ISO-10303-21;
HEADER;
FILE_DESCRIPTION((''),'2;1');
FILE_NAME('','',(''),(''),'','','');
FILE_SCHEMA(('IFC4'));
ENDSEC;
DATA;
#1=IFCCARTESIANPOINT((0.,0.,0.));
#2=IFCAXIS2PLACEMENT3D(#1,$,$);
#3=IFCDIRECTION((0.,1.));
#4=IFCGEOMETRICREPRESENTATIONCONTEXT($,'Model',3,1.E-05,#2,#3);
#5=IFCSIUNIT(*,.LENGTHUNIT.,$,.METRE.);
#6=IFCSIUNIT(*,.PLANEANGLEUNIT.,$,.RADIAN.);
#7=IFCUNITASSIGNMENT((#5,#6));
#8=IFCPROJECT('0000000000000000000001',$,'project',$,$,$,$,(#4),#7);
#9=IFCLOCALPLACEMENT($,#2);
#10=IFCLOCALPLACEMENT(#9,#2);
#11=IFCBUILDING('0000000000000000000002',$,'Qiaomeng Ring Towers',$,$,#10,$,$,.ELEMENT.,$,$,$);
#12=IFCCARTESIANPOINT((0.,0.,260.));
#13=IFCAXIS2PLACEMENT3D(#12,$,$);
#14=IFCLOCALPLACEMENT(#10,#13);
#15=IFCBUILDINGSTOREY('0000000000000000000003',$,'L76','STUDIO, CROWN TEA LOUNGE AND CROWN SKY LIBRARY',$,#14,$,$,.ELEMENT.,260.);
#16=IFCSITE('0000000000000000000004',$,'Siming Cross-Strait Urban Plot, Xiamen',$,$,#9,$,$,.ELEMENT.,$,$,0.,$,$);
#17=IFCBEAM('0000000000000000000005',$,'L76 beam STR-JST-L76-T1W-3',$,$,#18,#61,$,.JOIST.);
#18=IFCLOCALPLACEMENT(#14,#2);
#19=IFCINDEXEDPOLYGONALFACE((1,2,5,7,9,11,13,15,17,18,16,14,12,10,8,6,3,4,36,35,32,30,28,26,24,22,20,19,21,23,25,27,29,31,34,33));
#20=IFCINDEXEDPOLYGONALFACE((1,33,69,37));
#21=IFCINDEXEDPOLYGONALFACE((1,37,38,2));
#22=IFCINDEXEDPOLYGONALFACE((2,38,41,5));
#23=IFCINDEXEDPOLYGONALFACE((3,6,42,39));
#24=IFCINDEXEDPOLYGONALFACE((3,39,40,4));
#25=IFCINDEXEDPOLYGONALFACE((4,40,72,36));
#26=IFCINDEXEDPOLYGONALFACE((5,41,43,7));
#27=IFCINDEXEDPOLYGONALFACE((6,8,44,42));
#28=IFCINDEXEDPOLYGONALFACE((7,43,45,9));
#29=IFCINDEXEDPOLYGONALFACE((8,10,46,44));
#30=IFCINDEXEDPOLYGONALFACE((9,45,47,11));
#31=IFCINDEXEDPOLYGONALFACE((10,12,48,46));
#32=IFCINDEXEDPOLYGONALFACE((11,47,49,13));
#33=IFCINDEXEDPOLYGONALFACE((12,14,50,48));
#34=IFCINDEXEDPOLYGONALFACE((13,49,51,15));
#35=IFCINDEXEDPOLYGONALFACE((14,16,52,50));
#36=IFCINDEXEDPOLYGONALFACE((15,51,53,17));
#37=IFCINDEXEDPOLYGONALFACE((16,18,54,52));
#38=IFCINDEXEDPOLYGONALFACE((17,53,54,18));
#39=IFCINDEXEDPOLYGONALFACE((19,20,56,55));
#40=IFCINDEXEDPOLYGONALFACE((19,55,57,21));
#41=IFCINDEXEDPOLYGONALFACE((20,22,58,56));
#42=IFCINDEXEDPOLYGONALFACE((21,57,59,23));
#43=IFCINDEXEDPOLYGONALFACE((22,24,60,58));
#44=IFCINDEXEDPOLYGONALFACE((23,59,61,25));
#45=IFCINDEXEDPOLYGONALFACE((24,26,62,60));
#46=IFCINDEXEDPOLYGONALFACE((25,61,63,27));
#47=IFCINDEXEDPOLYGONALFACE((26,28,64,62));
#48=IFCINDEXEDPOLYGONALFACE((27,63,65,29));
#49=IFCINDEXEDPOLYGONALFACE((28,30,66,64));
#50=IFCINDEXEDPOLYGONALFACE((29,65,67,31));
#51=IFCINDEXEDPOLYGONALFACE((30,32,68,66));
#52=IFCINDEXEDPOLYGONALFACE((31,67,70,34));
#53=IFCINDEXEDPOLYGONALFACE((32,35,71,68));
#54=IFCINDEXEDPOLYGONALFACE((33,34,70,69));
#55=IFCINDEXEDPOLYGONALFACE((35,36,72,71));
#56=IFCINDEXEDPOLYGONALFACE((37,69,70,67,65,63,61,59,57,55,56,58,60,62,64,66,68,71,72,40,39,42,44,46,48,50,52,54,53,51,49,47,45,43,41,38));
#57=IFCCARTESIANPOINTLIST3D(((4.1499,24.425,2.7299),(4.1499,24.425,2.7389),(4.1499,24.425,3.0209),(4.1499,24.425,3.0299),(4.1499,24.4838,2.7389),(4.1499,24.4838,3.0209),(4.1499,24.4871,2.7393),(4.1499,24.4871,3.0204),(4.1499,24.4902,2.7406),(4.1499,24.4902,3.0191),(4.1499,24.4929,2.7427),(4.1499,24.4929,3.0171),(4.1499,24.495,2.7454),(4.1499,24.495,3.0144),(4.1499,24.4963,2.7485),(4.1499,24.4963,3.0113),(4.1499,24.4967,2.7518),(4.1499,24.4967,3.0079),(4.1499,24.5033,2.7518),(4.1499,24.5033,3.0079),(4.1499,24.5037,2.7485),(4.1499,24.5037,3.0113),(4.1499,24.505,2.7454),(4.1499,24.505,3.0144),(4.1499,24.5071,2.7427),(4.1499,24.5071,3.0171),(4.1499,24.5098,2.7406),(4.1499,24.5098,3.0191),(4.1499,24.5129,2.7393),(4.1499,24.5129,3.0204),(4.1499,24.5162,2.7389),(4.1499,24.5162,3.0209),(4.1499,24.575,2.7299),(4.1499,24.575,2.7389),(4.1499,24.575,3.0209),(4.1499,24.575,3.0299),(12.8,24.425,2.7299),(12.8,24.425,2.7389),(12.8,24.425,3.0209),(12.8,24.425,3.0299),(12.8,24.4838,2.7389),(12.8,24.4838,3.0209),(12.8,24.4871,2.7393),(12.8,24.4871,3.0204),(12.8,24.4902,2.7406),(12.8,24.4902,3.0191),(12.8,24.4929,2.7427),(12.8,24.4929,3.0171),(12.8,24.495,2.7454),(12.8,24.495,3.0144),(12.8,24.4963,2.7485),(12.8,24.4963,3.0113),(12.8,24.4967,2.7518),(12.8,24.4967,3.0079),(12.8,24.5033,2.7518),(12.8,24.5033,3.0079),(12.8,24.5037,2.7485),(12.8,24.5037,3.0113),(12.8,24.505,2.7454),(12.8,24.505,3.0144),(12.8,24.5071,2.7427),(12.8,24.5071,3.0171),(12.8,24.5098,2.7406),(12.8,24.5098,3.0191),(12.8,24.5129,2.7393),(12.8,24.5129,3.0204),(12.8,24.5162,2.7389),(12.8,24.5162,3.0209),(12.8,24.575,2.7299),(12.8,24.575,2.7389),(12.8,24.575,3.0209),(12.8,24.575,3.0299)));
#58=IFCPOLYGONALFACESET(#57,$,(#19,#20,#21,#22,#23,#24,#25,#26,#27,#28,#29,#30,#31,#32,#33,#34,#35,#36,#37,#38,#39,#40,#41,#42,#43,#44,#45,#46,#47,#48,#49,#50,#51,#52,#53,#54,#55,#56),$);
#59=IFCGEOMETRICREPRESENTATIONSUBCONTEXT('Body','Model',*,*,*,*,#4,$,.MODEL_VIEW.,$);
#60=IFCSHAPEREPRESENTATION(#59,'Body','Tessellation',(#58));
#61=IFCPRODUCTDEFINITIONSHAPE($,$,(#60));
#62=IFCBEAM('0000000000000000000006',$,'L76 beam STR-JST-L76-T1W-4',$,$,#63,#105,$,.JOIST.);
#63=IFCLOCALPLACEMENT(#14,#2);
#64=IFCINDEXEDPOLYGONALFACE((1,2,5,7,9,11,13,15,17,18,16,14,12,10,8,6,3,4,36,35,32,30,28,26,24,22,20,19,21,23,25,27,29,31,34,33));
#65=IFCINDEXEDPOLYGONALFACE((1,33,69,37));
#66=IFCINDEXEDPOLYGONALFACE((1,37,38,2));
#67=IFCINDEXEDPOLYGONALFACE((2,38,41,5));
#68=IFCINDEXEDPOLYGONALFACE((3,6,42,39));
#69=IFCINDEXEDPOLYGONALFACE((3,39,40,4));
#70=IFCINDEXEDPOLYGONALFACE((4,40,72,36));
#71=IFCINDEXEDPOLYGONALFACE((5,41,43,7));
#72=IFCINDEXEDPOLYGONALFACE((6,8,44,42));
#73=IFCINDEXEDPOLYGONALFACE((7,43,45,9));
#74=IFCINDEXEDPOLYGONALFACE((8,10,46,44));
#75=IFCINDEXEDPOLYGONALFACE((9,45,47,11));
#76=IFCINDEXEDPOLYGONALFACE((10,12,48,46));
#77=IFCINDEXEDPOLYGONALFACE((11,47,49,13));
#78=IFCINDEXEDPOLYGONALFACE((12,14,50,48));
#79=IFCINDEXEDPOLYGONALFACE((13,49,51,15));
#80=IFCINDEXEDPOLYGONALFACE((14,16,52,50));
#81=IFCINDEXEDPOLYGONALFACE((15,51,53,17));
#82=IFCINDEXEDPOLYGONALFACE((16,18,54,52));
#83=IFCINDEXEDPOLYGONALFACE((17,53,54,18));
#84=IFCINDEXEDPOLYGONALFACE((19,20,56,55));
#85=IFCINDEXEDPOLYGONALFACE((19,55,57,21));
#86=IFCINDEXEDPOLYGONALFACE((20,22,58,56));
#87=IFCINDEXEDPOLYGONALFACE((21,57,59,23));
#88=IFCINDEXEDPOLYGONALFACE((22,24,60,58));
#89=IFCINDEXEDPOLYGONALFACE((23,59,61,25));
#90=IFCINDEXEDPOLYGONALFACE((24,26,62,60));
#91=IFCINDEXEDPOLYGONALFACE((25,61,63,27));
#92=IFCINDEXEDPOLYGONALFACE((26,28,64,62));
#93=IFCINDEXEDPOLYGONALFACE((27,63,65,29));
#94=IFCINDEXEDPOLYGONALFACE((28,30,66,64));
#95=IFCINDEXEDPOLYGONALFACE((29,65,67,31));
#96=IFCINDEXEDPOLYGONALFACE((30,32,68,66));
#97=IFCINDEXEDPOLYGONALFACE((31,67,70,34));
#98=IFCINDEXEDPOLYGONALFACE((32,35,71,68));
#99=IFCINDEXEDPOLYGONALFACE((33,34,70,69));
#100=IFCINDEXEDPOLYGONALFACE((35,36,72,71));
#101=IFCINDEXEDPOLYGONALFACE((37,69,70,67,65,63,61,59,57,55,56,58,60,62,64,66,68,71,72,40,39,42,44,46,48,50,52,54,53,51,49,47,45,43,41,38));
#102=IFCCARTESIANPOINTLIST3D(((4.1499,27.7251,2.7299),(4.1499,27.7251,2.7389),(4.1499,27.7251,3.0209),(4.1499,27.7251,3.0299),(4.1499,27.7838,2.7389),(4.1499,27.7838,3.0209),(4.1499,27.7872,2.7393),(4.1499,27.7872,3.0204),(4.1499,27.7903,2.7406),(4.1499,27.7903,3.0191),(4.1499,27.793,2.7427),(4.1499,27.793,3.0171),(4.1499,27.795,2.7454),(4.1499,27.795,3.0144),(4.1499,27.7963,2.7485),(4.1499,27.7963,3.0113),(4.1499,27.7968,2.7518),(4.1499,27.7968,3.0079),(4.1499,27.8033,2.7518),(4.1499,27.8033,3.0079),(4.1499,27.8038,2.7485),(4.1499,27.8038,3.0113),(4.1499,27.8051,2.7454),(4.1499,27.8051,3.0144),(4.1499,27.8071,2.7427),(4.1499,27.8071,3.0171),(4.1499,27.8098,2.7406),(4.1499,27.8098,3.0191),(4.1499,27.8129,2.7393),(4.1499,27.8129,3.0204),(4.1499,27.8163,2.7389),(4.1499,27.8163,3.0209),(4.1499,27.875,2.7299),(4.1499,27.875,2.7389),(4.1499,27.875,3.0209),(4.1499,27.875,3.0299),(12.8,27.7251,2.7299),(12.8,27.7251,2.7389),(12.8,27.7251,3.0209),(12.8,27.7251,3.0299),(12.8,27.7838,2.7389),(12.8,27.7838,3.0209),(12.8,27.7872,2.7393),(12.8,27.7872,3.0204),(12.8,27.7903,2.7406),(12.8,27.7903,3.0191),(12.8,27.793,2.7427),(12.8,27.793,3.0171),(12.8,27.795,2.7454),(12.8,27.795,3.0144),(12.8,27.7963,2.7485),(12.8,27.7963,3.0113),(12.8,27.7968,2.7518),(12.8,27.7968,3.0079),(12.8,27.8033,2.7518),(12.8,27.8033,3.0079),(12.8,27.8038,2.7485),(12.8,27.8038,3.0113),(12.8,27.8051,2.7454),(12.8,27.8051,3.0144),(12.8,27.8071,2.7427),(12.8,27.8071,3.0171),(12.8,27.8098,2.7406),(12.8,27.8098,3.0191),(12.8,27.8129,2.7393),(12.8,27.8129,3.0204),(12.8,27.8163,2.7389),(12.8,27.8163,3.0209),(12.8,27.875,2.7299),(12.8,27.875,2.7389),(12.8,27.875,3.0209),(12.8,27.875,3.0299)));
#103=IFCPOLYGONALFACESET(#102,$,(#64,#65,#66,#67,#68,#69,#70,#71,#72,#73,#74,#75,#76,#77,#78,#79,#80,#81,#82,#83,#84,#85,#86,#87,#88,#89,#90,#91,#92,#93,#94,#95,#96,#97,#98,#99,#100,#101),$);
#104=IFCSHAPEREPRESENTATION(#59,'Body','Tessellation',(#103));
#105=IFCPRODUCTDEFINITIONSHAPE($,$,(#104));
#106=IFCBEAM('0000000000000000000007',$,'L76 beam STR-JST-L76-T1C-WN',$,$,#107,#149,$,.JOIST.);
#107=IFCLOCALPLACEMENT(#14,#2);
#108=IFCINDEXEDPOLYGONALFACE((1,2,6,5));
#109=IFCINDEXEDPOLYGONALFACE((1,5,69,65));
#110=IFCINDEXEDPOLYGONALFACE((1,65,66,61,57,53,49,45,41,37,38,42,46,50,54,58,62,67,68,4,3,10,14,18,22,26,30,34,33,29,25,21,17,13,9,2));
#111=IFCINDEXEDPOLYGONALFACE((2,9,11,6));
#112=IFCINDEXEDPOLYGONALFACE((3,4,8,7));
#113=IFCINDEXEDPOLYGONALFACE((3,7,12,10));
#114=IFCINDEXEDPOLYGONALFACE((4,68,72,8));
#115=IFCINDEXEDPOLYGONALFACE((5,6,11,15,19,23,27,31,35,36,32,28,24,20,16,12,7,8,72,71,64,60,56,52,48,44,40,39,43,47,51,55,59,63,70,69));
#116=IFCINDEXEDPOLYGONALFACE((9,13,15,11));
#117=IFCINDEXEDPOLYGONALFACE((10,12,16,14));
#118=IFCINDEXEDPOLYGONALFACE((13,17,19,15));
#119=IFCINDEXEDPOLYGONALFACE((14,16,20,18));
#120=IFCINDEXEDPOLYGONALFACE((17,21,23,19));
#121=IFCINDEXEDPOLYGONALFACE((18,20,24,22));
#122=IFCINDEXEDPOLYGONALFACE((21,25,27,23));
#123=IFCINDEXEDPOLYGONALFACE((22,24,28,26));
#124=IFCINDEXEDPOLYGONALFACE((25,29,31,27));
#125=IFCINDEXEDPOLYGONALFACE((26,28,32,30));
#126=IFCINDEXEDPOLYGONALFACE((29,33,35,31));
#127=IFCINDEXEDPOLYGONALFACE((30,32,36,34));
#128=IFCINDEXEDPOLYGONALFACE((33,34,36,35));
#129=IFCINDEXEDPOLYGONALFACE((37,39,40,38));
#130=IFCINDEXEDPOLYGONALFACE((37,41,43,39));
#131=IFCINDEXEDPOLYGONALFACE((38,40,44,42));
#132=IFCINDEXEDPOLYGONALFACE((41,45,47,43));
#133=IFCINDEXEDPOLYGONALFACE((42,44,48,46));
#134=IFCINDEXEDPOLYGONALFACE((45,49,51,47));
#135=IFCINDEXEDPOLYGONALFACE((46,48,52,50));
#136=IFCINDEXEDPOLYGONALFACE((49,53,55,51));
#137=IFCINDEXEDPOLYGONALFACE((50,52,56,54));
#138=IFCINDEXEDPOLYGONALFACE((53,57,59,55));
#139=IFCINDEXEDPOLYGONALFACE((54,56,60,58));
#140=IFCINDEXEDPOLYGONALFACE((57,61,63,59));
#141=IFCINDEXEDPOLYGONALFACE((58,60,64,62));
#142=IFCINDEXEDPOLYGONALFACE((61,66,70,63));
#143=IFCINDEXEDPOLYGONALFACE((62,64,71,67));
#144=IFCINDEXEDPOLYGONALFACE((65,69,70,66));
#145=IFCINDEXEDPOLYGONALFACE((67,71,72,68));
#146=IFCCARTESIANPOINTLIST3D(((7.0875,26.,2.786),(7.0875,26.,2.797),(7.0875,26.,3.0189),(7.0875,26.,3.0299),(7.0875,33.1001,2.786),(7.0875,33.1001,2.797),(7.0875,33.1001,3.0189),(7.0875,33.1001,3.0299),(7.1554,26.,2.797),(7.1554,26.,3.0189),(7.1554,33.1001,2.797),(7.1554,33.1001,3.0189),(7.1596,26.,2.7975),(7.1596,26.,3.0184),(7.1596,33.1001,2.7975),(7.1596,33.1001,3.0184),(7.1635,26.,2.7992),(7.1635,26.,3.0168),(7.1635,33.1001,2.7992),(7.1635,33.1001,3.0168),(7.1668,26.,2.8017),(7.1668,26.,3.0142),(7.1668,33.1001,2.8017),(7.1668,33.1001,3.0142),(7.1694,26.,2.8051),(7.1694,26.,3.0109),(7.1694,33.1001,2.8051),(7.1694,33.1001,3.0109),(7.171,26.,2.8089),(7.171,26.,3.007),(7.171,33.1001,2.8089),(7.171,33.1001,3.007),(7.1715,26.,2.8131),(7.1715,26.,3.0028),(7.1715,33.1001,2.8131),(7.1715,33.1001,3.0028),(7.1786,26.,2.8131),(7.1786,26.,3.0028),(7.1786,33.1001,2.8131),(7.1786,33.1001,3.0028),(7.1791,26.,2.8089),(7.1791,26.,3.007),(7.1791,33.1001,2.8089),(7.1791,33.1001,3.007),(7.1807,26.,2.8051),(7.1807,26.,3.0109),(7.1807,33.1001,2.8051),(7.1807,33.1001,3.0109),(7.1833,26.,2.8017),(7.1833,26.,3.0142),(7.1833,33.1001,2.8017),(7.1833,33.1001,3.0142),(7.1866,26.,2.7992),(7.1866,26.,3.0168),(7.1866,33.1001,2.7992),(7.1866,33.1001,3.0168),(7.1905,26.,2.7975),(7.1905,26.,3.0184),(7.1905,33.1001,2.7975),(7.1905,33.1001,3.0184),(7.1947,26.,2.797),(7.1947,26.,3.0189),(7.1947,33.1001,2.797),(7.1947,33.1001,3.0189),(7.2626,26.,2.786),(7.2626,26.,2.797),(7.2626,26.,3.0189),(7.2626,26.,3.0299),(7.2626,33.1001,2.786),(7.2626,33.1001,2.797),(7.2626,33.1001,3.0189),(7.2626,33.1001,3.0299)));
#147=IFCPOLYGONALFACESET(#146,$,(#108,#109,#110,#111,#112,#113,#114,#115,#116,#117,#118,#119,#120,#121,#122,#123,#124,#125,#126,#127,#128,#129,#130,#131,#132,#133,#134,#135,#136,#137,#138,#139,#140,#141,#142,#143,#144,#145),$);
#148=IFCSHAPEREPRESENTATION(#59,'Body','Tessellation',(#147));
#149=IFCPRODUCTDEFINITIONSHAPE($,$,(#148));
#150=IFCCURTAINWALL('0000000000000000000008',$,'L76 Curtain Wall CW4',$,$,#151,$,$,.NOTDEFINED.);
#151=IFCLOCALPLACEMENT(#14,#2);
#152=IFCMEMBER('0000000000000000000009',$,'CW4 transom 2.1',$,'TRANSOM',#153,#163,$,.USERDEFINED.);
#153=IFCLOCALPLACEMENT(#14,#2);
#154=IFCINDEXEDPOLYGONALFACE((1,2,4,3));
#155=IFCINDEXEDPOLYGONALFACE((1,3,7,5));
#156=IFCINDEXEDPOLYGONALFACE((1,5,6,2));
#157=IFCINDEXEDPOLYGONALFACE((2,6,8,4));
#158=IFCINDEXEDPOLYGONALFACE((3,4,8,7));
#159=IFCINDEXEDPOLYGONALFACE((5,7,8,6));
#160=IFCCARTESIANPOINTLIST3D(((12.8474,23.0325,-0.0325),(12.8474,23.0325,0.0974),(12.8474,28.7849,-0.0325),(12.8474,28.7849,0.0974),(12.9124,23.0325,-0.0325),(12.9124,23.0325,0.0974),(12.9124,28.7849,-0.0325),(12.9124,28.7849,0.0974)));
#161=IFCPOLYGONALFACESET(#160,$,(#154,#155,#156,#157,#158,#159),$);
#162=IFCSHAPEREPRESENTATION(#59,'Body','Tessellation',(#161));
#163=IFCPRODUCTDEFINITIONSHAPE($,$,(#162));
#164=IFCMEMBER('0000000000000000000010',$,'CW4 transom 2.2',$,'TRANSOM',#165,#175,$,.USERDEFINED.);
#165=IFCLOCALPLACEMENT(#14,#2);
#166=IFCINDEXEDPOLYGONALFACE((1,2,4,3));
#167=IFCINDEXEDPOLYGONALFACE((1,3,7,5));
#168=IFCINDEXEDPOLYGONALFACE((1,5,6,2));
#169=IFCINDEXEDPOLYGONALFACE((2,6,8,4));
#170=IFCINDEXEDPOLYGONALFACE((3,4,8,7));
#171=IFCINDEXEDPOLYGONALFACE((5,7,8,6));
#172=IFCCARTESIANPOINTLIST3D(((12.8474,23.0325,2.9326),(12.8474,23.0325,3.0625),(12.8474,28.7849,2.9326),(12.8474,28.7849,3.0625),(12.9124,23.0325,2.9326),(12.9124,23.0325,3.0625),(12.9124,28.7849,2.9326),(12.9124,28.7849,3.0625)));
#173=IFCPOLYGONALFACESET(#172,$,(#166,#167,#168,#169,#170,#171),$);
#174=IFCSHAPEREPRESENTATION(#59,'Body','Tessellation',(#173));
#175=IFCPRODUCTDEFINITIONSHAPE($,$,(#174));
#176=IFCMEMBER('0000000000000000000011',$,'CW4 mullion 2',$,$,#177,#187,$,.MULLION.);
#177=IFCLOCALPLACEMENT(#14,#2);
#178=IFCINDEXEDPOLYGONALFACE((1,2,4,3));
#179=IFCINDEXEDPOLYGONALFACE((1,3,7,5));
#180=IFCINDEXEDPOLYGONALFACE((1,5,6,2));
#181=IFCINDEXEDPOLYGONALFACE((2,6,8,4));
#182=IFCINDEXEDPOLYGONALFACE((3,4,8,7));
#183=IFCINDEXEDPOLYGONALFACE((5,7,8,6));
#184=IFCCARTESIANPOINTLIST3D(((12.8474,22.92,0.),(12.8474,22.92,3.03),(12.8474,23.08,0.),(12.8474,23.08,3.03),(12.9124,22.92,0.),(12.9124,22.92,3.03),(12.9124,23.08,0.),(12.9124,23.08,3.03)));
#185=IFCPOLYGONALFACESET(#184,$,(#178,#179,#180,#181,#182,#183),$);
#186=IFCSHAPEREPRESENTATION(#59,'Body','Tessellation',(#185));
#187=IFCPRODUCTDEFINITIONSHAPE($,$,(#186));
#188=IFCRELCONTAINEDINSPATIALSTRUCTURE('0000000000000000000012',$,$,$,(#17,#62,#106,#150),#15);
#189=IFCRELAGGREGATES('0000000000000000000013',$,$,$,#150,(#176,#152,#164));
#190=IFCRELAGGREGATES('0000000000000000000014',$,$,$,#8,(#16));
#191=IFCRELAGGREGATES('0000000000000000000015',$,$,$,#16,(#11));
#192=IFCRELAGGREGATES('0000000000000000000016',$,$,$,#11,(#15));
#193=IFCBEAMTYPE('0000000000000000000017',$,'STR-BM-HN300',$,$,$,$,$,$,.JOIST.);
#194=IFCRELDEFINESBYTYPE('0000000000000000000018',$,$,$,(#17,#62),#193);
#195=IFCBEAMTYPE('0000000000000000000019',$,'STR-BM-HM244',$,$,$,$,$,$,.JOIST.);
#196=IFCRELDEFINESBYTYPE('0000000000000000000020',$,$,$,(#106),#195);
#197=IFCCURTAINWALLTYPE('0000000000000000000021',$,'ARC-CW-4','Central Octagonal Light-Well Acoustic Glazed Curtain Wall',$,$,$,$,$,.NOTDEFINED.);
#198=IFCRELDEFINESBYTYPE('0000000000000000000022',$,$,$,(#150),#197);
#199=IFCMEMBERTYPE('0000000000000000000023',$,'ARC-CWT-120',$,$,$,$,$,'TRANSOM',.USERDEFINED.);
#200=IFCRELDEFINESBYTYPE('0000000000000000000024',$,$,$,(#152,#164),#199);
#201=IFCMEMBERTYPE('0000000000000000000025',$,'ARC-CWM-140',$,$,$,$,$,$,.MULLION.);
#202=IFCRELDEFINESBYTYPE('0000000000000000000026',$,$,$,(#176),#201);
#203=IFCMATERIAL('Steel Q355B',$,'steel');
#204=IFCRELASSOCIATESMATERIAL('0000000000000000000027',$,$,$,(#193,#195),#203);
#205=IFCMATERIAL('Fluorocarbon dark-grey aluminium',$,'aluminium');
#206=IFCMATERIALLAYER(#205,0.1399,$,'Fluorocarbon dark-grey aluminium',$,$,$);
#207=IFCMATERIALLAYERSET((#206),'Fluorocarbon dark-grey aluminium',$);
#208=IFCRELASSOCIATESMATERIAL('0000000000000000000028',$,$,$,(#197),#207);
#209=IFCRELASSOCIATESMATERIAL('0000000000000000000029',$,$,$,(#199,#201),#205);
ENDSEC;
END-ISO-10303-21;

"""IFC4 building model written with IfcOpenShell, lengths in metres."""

from ifc_helpers import new_model, si_unit, direction, frame, origin, origin_2d, place, context, subcontext, project, spatial, rectangle, i_section, extrude, source, transform, mapped, material, layer, layer_set, material_profile, profile_set, type_object, element, aggregate, save


model = new_model("IFC4")

# Units and contexts
model_context = context("Model", 3, precision=1e-05, world=origin(), true_north=direction((0.0, 1.0)))
body_context = subcontext(model_context, "Body", "Model", "MODEL_VIEW")
ifc_project = project(units=[si_unit("LENGTHUNIT", "METRE"), si_unit("PLANEANGLEUNIT", "RADIAN")], contexts=[model_context])

# Site, building, storey
site_placement = place(None, origin())
site = spatial("IfcSite", under=ifc_project, at=site_placement, Name="Siming Cross-Strait Urban Plot, Xiamen", CompositionType="ELEMENT", RefElevation=0.0)
building_placement = place(site_placement, origin())
building = spatial("IfcBuilding", under=site, at=building_placement, Name="Qiaomeng Ring Towers", CompositionType="ELEMENT")
storey_placement = place(building_placement, frame((0.0, 0.0, 260.0)))
storey = spatial("IfcBuildingStorey", under=building, at=storey_placement, Name="L76", Description="STUDIO, CROWN TEA LOUNGE AND CROWN SKY LIBRARY", CompositionType="ELEMENT", Elevation=260.0)

# Beams
ifc_material_1 = material(Name="Steel Q355B", Category="steel")
ifc_material_profile_1 = material_profile(ifc_material_1, i_section(OverallWidth=0.1499, OverallDepth=0.3, WebThickness=0.0066, FlangeThickness=0.009, FilletRadius=0.0129, at=origin_2d()), Name="HN 300x150x6.5x9")
ifc_profile_set_1 = profile_set([ifc_material_profile_1], Name="Steel Q355B")
beam_type_1 = type_object("IfcBeamType", Name="STR-BM-HN300", PredefinedType="JOIST", material=ifc_profile_set_1)
shared_shape_1 = source(origin(), body_context, "Body", "SweptSolid", [
    extrude(i_section(OverallWidth=0.1499, OverallDepth=0.3, WebThickness=0.0066, FlangeThickness=0.009, FilletRadius=0.0129, at=origin_2d()), origin(), (0.0, 0.0, 1.0), 8.6501),
])
for number, where, z_axis, x_axis, name in (
    (1, (4.1499, 24.5, 2.8799), (1.0, 0.0, 0.0), (0.0, 1.0, 0.0), "L76 beam STR-JST-L76-T1W-3"),
    (2, (4.1499, 27.8, 2.8799), (1.0, 0.0, 0.0), (0.0, 1.0, 0.0), "L76 beam STR-JST-L76-T1W-4"),
):
    element("IfcBeam", number, at=place(storey_placement, frame(where, z_axis=z_axis, x_axis=x_axis)), inside=storey, type_object=beam_type_1, Name=name, PredefinedType="JOIST", context=body_context, shape_type="MappedRepresentation", body=[
        mapped(shared_shape_1, transform((0.0, 0.0, 0.0), x_axis=(1.0, 0.0, 0.0), y_axis=(0.0, 1.0, 0.0), z_axis=(0.0, 0.0, 1.0), scale=1.0)),
    ])
ifc_material_profile_2 = material_profile(ifc_material_1, i_section(OverallWidth=0.175, OverallDepth=0.2439, WebThickness=0.0071, FlangeThickness=0.011, FilletRadius=0.0161, at=origin_2d()), Name="HM 244x175x7x11")
ifc_profile_set_2 = profile_set([ifc_material_profile_2], Name="Steel Q355B")
beam_type_2 = type_object("IfcBeamType", Name="STR-BM-HM244", PredefinedType="JOIST", material=ifc_profile_set_2)
shared_shape_2 = source(origin(), body_context, "Body", "SweptSolid", [
    extrude(i_section(OverallWidth=0.175, OverallDepth=0.2439, WebThickness=0.0071, FlangeThickness=0.011, FilletRadius=0.0161, at=origin_2d()), origin(), (0.0, 0.0, 1.0), 7.1001),
])
beam_1_placement = place(storey_placement, frame((7.175, 26.0, 2.908), z_axis=(0.0, 1.0, 0.0), x_axis=(-1.0, 0.0, 0.0)))
element("IfcBeam", 3, at=beam_1_placement, inside=storey, type_object=beam_type_2, Name="L76 beam STR-JST-L76-T1C-WN", PredefinedType="JOIST", context=body_context, shape_type="MappedRepresentation", body=[
    mapped(shared_shape_2, transform((0.0, 0.0, 0.0), x_axis=(1.0, 0.0, 0.0), y_axis=(0.0, 1.0, 0.0), z_axis=(0.0, 0.0, 1.0), scale=1.0)),
])

# Curtain wall, members
ifc_material_2 = material(Name="Fluorocarbon dark-grey aluminium", Category="aluminium")
ifc_layer_1 = layer(ifc_material_2, 0.1399, Name="Fluorocarbon dark-grey aluminium")
ifc_layer_set_1 = layer_set([ifc_layer_1], Name="Fluorocarbon dark-grey aluminium")
curtain_wall_type = type_object("IfcCurtainWallType", Name="ARC-CW-4", Description="Central Octagonal Light-Well Acoustic Glazed Curtain Wall", PredefinedType="NOTDEFINED", material=ifc_layer_set_1)
curtain_wall_placement = place(storey_placement, origin())
curtain_wall = element("IfcCurtainWall", 4, at=curtain_wall_placement, inside=storey, type_object=curtain_wall_type, Name="L76 Curtain Wall CW4", PredefinedType="NOTDEFINED")
ifc_material_profile_3 = material_profile(ifc_material_2, rectangle(XDim=0.0649, YDim=0.1299, at=origin_2d()), Name="ALU TRAN 65x130")
ifc_profile_set_3 = profile_set([ifc_material_profile_3], Name="Fluorocarbon dark-grey aluminium")
member_type_1 = type_object("IfcMemberType", Name="ARC-CWT-120", ElementType="TRANSOM", PredefinedType="USERDEFINED", material=ifc_profile_set_3)
shared_shape_3 = source(origin(), body_context, "Body", "SweptSolid", [
    extrude(rectangle(XDim=0.0649, YDim=0.1299, at=origin_2d()), origin(), (0.0, 0.0, 1.0), 5.7524),
])
member_1_placement = place(storey_placement, frame((12.8799, 23.0325, 0.0325), z_axis=(0.0, 1.0, 0.0), x_axis=(-1.0, 0.0, 0.0)))
member_1 = element("IfcMember", 5, at=member_1_placement, type_object=member_type_1, Name="CW4 transom 2.1", ObjectType="TRANSOM", PredefinedType="USERDEFINED", context=body_context, shape_type="MappedRepresentation", body=[
    mapped(shared_shape_3, transform((0.0, 0.0, 0.0), x_axis=(1.0, 0.0, 0.0), y_axis=(0.0, 1.0, 0.0), z_axis=(0.0, 0.0, 1.0), scale=1.0)),
])
member_2_placement = place(storey_placement, frame((12.8799, 23.0325, 2.9976), z_axis=(0.0, 1.0, 0.0), x_axis=(-1.0, 0.0, 0.0)))
member_2 = element("IfcMember", 6, at=member_2_placement, type_object=member_type_1, Name="CW4 transom 2.2", ObjectType="TRANSOM", PredefinedType="USERDEFINED", context=body_context, shape_type="MappedRepresentation", body=[
    mapped(shared_shape_3, transform((0.0, 0.0, 0.0), x_axis=(1.0, 0.0, 0.0), y_axis=(0.0, 1.0, 0.0), z_axis=(0.0, 0.0, 1.0), scale=1.0)),
])
ifc_material_profile_4 = material_profile(ifc_material_2, rectangle(XDim=0.0649, YDim=0.1599, at=origin_2d()), Name="ALU MULL 65x160")
ifc_profile_set_4 = profile_set([ifc_material_profile_4], Name="Fluorocarbon dark-grey aluminium")
member_type_2 = type_object("IfcMemberType", Name="ARC-CWM-140", PredefinedType="MULLION", material=ifc_profile_set_4)
shared_shape_4 = source(origin(), body_context, "Body", "SweptSolid", [
    extrude(rectangle(XDim=0.0649, YDim=0.1599, at=origin_2d()), origin(), (0.0, 0.0, 1.0), 3.03),
])
member_3_placement = place(storey_placement, frame((12.8799, 23.0, 0.0), z_axis=(0.0, 0.0, 1.0), x_axis=(-1.0, 0.0, 0.0)))
member_3 = element("IfcMember", 7, at=member_3_placement, type_object=member_type_2, Name="CW4 mullion 2", PredefinedType="MULLION", context=body_context, shape_type="MappedRepresentation", body=[
    mapped(shared_shape_4, transform((0.0, 0.0, 0.0), x_axis=(1.0, 0.0, 0.0), y_axis=(0.0, 1.0, 0.0), z_axis=(0.0, 0.0, 1.0), scale=1.0)),
])

aggregate(curtain_wall, [member_3, member_1, member_2])

save(model, "model.ifc")
